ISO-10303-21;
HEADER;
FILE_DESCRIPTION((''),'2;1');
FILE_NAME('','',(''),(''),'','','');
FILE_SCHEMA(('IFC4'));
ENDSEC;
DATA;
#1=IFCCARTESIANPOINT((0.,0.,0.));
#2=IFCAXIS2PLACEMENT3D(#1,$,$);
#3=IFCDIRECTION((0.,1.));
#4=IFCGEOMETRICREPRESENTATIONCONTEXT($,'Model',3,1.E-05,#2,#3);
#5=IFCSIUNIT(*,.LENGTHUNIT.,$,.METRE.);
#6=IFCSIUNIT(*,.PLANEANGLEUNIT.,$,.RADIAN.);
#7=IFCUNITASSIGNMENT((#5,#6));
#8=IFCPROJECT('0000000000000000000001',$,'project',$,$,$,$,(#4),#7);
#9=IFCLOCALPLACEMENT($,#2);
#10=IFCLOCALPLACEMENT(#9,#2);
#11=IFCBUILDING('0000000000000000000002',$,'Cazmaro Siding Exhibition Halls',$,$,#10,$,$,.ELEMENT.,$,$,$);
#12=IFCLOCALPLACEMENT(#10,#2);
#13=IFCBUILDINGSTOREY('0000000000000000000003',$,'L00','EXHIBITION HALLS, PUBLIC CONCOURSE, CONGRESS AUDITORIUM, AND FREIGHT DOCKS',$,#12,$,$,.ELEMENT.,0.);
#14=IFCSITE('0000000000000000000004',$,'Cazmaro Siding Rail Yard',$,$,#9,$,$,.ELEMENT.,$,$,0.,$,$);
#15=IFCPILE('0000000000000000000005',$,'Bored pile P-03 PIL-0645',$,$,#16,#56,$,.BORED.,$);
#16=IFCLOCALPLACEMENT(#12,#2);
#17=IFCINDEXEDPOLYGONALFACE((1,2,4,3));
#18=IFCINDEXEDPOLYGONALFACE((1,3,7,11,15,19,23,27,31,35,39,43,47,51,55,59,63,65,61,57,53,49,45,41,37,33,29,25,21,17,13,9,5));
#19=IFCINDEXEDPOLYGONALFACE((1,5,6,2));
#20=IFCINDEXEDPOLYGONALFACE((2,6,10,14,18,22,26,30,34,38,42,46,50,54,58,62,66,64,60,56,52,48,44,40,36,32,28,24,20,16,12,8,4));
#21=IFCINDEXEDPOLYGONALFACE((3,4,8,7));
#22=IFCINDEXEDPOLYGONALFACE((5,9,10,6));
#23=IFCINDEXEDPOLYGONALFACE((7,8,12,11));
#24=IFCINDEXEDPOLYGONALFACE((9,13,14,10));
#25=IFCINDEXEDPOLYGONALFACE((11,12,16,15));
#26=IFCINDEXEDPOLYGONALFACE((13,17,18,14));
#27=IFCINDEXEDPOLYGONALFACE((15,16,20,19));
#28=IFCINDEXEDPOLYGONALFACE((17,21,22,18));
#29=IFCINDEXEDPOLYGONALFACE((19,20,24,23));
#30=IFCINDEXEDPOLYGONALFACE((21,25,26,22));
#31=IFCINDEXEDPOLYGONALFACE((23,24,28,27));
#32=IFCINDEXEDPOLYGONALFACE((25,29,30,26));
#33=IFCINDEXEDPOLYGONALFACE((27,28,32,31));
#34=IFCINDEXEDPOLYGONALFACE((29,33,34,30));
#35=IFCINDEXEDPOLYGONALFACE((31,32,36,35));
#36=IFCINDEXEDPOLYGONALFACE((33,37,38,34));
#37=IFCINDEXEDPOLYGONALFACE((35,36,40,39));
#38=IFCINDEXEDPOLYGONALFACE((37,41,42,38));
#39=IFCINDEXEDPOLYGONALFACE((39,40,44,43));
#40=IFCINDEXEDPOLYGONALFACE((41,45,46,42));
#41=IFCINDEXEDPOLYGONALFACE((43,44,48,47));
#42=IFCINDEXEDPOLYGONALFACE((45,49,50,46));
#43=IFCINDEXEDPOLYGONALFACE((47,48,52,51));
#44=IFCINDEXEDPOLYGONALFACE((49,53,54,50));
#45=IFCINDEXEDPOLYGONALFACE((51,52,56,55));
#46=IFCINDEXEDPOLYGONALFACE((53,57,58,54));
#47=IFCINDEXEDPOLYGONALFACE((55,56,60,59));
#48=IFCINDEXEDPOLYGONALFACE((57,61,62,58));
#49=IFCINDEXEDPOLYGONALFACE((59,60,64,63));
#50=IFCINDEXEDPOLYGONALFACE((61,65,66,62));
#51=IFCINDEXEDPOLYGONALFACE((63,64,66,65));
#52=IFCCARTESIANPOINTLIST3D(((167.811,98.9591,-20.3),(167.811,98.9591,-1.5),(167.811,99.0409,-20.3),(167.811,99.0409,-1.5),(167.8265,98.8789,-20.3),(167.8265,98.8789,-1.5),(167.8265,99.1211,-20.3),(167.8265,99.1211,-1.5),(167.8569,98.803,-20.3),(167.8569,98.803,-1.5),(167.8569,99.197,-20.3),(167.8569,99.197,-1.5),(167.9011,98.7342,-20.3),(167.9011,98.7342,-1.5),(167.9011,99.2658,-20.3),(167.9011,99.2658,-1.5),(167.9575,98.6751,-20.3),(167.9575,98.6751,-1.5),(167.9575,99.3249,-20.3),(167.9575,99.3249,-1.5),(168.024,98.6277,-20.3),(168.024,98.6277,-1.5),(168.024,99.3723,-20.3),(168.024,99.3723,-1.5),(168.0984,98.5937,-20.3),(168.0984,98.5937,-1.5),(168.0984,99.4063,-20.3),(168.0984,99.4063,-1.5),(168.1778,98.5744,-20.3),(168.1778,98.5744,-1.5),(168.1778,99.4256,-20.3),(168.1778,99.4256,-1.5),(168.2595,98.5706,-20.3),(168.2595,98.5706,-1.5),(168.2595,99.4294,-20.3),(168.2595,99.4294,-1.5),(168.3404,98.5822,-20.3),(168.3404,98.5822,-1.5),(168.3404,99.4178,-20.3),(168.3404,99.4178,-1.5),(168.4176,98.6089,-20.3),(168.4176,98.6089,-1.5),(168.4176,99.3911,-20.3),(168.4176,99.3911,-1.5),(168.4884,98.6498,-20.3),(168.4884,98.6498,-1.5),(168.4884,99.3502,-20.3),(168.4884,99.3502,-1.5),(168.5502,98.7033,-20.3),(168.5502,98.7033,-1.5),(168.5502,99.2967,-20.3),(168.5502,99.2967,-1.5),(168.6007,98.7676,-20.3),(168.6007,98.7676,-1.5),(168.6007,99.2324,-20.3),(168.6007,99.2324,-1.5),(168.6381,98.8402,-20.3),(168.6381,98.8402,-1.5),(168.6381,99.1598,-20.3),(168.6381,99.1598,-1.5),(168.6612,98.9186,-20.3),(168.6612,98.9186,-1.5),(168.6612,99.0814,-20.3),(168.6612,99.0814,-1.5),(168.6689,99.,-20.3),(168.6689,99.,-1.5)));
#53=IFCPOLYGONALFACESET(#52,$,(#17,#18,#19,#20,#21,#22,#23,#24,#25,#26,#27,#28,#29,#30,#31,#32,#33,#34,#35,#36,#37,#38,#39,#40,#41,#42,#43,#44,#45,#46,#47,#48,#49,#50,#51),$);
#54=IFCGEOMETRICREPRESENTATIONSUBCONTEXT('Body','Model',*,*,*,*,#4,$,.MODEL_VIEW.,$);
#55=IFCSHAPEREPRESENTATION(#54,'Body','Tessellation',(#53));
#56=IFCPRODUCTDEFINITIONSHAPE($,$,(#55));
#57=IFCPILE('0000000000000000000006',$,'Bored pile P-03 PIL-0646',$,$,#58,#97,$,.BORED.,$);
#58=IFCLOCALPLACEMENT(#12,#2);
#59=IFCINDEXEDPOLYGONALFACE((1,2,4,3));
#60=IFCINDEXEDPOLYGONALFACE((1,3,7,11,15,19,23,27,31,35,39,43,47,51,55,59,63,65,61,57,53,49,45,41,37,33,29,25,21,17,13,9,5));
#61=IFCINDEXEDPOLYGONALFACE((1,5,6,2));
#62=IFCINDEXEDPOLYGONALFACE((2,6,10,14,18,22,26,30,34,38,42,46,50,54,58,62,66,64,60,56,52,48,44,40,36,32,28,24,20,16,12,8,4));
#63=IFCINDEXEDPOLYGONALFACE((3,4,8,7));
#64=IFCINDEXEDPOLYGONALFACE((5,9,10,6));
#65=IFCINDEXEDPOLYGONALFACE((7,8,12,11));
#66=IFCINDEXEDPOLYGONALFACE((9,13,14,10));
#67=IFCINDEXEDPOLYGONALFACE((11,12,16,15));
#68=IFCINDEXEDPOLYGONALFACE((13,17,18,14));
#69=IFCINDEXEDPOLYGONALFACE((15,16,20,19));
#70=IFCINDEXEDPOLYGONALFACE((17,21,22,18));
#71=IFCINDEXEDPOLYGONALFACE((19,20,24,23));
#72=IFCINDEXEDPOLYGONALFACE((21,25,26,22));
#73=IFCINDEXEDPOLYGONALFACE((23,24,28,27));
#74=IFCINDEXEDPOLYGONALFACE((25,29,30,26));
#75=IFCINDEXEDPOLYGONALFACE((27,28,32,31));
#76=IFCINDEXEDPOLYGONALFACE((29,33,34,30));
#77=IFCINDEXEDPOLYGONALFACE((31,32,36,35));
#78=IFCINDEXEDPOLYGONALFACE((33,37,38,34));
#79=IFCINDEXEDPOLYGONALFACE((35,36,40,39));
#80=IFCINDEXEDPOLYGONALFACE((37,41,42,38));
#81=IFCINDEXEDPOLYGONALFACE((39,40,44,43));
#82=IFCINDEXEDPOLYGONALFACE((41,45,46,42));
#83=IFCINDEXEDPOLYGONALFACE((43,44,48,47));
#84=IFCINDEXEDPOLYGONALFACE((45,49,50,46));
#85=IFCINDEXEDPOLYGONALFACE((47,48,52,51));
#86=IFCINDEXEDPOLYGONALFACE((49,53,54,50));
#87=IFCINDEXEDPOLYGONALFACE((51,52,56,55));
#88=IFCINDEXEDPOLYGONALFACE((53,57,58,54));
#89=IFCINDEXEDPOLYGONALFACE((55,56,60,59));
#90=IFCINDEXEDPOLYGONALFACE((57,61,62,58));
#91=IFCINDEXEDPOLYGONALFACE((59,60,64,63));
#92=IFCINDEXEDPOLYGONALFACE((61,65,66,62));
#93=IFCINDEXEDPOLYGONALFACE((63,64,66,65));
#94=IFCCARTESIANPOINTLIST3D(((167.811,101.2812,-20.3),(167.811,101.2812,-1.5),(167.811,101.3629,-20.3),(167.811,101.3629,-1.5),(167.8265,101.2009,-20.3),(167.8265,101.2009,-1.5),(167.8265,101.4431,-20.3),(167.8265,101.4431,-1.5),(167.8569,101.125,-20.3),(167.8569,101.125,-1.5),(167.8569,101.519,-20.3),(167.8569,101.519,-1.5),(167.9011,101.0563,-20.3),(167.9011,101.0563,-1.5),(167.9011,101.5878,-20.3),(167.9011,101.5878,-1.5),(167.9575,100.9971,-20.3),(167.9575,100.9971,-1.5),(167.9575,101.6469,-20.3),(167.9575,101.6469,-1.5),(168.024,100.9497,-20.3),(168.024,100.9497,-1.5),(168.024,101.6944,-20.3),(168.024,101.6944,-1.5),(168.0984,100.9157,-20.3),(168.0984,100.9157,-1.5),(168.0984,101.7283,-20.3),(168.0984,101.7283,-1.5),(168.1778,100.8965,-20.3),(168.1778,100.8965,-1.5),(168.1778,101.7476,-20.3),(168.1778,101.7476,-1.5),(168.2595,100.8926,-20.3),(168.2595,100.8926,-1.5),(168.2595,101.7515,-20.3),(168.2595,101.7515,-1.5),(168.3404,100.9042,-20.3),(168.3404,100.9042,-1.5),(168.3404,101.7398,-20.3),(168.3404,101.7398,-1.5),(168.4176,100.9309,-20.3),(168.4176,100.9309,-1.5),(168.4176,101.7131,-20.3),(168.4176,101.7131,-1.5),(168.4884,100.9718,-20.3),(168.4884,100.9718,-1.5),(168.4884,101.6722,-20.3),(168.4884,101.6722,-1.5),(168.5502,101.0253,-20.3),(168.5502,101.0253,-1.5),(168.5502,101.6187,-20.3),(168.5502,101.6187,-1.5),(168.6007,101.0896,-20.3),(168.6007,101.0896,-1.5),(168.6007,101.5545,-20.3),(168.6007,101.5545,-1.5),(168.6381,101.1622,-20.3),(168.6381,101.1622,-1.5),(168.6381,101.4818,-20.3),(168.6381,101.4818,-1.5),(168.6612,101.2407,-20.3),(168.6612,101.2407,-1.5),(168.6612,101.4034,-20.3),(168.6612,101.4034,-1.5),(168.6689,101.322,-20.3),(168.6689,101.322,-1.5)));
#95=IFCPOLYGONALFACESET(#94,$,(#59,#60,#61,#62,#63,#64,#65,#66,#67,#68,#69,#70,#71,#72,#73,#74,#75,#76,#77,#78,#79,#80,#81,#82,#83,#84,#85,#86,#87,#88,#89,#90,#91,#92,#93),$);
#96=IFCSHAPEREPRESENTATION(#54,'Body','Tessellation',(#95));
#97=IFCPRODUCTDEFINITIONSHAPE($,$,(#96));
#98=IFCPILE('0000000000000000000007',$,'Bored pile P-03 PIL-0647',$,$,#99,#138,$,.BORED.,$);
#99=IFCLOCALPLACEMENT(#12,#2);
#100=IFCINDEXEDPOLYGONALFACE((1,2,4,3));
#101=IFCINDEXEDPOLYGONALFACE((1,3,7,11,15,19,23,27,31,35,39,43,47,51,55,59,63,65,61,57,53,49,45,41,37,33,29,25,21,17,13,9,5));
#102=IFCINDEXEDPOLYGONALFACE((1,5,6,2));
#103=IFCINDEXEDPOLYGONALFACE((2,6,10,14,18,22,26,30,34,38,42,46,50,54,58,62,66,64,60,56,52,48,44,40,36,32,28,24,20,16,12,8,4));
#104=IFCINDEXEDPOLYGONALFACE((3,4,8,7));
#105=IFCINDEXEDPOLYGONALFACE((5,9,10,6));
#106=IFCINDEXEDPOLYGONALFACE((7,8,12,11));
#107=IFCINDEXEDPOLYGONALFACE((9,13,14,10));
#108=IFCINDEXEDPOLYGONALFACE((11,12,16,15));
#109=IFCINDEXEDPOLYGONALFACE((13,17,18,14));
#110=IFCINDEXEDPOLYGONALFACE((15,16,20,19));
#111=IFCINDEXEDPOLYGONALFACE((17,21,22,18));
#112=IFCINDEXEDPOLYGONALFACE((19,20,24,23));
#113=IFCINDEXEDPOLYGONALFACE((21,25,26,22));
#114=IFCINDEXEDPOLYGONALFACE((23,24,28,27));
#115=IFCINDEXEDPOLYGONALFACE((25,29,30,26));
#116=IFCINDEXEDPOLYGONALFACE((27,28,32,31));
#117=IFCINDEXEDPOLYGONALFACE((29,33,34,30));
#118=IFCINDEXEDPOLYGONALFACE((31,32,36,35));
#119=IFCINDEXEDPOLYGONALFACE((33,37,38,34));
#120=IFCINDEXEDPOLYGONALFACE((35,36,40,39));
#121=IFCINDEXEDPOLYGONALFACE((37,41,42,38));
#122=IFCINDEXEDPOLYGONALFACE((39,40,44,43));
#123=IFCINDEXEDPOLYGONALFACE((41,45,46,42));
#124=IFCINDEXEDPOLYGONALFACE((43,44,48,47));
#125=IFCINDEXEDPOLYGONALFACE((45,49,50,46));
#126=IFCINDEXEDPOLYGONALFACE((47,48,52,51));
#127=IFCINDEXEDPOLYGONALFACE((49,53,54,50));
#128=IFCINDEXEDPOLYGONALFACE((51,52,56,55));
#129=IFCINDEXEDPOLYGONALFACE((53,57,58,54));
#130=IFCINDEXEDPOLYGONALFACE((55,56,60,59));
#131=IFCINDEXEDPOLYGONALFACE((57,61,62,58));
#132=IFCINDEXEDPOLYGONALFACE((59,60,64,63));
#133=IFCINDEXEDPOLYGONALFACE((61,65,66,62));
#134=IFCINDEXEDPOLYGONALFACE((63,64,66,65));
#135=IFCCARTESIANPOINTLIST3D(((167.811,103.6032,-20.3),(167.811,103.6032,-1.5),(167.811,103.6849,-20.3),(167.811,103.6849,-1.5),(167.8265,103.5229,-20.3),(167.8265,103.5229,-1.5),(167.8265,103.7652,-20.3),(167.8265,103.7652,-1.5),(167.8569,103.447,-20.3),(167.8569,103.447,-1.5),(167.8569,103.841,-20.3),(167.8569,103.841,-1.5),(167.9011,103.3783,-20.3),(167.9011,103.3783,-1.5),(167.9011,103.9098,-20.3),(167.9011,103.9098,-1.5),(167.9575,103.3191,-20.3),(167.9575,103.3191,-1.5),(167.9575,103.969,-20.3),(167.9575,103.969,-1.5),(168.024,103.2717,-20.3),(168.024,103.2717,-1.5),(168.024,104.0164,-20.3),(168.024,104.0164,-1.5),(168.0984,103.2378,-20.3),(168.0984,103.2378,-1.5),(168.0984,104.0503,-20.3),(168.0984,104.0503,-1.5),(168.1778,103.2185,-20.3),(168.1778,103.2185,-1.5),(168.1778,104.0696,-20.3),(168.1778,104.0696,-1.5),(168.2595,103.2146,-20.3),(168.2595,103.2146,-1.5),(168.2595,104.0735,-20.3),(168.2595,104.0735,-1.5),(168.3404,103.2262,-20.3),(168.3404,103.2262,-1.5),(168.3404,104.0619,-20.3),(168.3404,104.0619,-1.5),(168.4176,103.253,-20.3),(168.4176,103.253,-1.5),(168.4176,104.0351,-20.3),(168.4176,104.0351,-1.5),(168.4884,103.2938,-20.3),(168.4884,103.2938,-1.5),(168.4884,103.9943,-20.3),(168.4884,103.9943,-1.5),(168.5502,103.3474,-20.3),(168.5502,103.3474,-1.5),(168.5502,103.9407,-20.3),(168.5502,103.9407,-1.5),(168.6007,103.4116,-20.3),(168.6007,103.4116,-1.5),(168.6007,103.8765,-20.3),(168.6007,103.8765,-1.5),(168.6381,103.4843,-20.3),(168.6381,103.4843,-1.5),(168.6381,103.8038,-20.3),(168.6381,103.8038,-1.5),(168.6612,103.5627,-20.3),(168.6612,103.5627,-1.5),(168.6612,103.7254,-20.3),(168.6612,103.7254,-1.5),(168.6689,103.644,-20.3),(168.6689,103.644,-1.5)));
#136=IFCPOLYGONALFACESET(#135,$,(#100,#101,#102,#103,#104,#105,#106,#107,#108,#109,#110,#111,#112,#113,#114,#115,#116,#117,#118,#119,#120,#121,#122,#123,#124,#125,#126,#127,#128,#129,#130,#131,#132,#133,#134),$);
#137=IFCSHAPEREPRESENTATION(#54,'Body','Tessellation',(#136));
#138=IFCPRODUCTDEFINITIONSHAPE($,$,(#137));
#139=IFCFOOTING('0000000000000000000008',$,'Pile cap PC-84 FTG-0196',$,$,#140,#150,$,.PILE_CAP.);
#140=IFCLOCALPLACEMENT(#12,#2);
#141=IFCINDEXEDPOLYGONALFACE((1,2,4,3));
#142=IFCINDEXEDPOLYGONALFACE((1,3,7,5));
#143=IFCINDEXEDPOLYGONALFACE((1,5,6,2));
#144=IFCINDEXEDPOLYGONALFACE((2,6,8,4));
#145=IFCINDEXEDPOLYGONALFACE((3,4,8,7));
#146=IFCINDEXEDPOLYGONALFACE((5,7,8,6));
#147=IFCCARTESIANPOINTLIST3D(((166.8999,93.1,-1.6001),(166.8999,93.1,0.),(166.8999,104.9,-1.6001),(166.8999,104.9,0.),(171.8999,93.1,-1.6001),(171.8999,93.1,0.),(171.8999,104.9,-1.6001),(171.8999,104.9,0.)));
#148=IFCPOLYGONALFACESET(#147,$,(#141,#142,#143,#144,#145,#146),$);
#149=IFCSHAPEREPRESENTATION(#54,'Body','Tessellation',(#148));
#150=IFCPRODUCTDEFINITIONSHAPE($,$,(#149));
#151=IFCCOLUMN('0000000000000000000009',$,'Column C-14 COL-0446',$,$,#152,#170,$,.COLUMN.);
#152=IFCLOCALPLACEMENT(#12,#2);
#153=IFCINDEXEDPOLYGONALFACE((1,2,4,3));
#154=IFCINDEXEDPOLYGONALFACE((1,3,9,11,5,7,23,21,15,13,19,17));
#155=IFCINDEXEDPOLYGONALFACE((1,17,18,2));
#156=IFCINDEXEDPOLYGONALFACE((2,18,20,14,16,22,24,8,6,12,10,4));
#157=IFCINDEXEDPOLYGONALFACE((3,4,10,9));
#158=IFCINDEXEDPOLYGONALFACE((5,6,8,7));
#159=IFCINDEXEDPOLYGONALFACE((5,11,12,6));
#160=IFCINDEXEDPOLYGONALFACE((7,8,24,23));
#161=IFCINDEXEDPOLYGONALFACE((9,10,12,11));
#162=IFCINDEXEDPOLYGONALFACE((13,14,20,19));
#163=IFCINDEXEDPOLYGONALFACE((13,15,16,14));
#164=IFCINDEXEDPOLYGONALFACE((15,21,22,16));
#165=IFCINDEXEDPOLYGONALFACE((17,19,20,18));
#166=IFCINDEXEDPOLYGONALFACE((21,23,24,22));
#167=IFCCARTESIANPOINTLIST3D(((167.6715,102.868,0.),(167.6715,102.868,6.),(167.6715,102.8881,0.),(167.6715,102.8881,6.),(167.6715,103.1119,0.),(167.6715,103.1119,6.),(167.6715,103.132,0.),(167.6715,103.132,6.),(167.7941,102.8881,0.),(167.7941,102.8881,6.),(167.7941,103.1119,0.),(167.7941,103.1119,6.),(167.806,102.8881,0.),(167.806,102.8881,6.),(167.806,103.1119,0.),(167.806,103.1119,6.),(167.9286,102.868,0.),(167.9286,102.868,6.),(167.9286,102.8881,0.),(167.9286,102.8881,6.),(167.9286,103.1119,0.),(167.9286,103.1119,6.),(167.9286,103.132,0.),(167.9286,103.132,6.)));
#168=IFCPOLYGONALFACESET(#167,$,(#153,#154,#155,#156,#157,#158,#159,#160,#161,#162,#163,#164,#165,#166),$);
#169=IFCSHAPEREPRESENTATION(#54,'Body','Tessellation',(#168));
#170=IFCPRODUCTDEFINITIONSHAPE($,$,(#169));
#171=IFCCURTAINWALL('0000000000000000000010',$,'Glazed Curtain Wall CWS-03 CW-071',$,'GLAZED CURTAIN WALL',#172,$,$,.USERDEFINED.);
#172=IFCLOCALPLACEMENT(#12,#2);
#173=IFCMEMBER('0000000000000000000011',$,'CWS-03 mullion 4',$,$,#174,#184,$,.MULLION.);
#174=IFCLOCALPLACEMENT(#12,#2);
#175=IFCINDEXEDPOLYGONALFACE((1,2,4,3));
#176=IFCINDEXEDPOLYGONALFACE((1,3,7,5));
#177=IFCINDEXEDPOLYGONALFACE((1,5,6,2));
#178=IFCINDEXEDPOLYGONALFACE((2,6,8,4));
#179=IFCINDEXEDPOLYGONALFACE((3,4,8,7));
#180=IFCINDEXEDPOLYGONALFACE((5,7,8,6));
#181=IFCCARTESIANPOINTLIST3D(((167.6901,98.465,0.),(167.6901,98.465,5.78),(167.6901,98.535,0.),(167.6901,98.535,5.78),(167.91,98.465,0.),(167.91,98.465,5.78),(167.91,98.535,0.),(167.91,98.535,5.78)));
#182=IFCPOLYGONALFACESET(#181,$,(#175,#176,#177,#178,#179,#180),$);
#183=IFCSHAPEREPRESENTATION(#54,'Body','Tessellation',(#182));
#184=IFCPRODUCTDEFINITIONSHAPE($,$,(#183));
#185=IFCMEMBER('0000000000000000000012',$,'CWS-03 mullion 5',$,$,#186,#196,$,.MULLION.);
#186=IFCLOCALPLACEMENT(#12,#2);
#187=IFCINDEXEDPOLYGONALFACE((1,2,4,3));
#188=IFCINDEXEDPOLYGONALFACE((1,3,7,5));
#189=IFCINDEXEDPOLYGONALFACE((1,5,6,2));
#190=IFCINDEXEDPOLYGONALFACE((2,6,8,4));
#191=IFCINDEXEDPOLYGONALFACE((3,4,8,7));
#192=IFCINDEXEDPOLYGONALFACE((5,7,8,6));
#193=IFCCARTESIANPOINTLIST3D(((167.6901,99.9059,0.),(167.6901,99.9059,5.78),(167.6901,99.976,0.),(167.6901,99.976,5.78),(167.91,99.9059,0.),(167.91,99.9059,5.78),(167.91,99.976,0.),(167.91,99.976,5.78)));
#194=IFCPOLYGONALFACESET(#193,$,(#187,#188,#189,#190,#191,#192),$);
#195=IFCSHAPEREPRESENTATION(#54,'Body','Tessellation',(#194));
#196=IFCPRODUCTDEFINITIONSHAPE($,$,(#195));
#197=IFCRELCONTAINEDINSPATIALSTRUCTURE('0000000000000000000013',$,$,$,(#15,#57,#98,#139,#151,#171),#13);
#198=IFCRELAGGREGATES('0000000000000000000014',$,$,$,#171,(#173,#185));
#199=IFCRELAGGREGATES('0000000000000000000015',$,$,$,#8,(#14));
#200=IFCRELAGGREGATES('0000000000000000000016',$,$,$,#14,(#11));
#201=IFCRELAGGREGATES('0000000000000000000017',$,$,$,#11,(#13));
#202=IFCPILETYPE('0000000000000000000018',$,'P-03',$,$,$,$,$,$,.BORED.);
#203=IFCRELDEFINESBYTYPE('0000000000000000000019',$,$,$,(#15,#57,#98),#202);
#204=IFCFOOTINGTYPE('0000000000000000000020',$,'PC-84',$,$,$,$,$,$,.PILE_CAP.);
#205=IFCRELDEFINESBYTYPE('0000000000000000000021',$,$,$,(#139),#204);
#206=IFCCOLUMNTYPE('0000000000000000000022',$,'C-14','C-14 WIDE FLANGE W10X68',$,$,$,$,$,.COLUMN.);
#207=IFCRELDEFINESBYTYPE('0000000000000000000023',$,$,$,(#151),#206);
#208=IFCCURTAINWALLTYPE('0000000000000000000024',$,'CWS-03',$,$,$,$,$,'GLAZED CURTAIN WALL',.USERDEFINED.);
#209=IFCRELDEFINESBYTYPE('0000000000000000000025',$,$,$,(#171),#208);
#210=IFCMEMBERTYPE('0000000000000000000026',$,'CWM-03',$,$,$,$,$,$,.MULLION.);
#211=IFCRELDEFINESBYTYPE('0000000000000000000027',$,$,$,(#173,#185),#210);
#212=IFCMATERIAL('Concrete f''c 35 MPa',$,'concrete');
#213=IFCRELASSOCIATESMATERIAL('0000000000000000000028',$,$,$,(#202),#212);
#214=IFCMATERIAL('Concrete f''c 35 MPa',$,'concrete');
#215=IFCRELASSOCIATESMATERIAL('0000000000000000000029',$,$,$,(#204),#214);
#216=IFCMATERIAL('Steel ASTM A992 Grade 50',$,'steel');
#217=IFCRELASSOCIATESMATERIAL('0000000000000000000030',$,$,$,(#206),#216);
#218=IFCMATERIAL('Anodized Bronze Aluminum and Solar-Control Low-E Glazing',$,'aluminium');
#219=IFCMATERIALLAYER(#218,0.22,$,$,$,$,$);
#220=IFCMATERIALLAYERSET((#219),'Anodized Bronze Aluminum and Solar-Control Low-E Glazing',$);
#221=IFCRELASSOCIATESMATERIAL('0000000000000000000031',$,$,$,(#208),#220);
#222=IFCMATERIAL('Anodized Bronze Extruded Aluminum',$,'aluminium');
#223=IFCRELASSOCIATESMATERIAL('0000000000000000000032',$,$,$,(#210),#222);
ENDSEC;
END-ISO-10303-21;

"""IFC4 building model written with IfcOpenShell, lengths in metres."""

from ifc_helpers import new_model, si_unit, direction, frame, origin, origin_2d, place, context, subcontext, project, spatial, rectangle, circle, i_section, extrude, material, layer, layer_set, material_profile, profile_set, type_object, element, aggregate, save


model = new_model("IFC4")

# Units and contexts
model_context = context("Model", 3, precision=1e-05, world=origin(), true_north=direction((0.0, 1.0)))
body_context = subcontext(model_context, "Body", "Model", "MODEL_VIEW")
ifc_project = project(units=[si_unit("LENGTHUNIT", "METRE"), si_unit("PLANEANGLEUNIT", "RADIAN")], contexts=[model_context])

# Site, building, storey
site_placement = place(None, origin())
site = spatial("IfcSite", under=ifc_project, at=site_placement, Name="Cazmaro Siding Rail Yard", CompositionType="ELEMENT", RefElevation=0.0)
building_placement = place(site_placement, origin())
building = spatial("IfcBuilding", under=site, at=building_placement, Name="Cazmaro Siding Exhibition Halls", CompositionType="ELEMENT")
storey_placement = place(building_placement, origin())
storey = spatial("IfcBuildingStorey", under=building, at=storey_placement, Name="L00", Description="EXHIBITION HALLS, PUBLIC CONCOURSE, CONGRESS AUDITORIUM, AND FREIGHT DOCKS", CompositionType="ELEMENT", Elevation=0.0)

# Piles
ifc_material_1 = material(Name="Concrete f'c 35 MPa", Category="concrete")
ifc_material_profile_1 = material_profile(ifc_material_1, circle(Radius=0.4299, at=origin_2d()), Name="CIDH-860")
ifc_profile_set_1 = profile_set([ifc_material_profile_1], Name="Concrete f'c 35 MPa")
pile_type = type_object("IfcPileType", Name="P-03", PredefinedType="BORED", material=ifc_profile_set_1)
for number, where, z_axis, x_axis, name in (
    (1, (168.239, 99.0, -1.5), (0.0, 0.0, -1.0), (1.0, 0.0, 0.0), "Bored pile P-03 PIL-0645"),
    (2, (168.239, 101.322, -1.5), (0.0, 0.0, -1.0), (1.0, 0.0, 0.0), "Bored pile P-03 PIL-0646"),
    (3, (168.239, 103.644, -1.5), (0.0, 0.0, -1.0), (1.0, 0.0, 0.0), "Bored pile P-03 PIL-0647"),
):
    element("IfcPile", number, at=place(storey_placement, frame(where, z_axis=z_axis, x_axis=x_axis)), inside=storey, type_object=pile_type, Name=name, PredefinedType="BORED", context=body_context, shape_type="SweptSolid", body=[
        extrude(circle(Radius=0.4299, at=origin_2d()), origin(), (0.0, 0.0, 1.0), 18.8),
    ])

# Footing
ifc_material_2 = material(Name="Concrete f'c 35 MPa", Category="concrete")
footing_type = type_object("IfcFootingType", Name="PC-84", PredefinedType="PILE_CAP", material=ifc_material_2)
footing_placement = place(storey_placement, frame((169.3999, 99.0, -1.6001), z_axis=(0.0, 0.0, 1.0), x_axis=(1.0, 0.0, 0.0)))
element("IfcFooting", 4, at=footing_placement, inside=storey, type_object=footing_type, Name="Pile cap PC-84 FTG-0196", PredefinedType="PILE_CAP", context=body_context, shape_type="SweptSolid", body=[
    extrude(rectangle(XDim=5.0, YDim=11.8, at=origin_2d()), origin(), (0.0, 0.0, 1.0), 1.6001),
])

# Column
ifc_material_3 = material(Name="Steel ASTM A992 Grade 50", Category="steel")
ifc_material_profile_2 = material_profile(ifc_material_3, i_section(OverallWidth=0.2571, OverallDepth=0.2639, WebThickness=0.012, FlangeThickness=0.02, at=origin_2d()), Name="W10X68")
ifc_profile_set_2 = profile_set([ifc_material_profile_2], Name="Steel ASTM A992 Grade 50")
column_type = type_object("IfcColumnType", Name="C-14", Description="C-14 WIDE FLANGE W10X68", PredefinedType="COLUMN", material=ifc_profile_set_2)
column_placement = place(storey_placement, frame((167.8, 103.0, 0.0), z_axis=(0.0, 0.0, 1.0), x_axis=(1.0, 0.0, 0.0)))
element("IfcColumn", 5, at=column_placement, inside=storey, type_object=column_type, Name="Column C-14 COL-0446", PredefinedType="COLUMN", context=body_context, shape_type="SweptSolid", body=[
    extrude(i_section(OverallWidth=0.2571, OverallDepth=0.2639, WebThickness=0.012, FlangeThickness=0.02, at=origin_2d()), origin(), (0.0, 0.0, 1.0), 6.0),
])

# Curtain wall, members
ifc_material_4 = material(Name="Anodized Bronze Aluminum and Solar-Control Low-E Glazing", Category="aluminium")
ifc_layer_1 = layer(ifc_material_4, 0.22)
ifc_layer_set_1 = layer_set([ifc_layer_1], Name="Anodized Bronze Aluminum and Solar-Control Low-E Glazing")
curtain_wall_type = type_object("IfcCurtainWallType", Name="CWS-03", ElementType="GLAZED CURTAIN WALL", PredefinedType="USERDEFINED", material=ifc_layer_set_1)
curtain_wall_1_placement = place(storey_placement, origin())
curtain_wall_1 = element("IfcCurtainWall", 6, at=curtain_wall_1_placement, inside=storey, type_object=curtain_wall_type, Name="Glazed Curtain Wall CWS-03 CW-071", ObjectType="GLAZED CURTAIN WALL", PredefinedType="USERDEFINED")
ifc_material_5 = material(Name="Anodized Bronze Extruded Aluminum", Category="aluminium")
ifc_material_profile_3 = material_profile(ifc_material_5, rectangle(XDim=0.22, YDim=0.0701, at=origin_2d()), Name="CWM-03")
ifc_profile_set_3 = profile_set([ifc_material_profile_3], Name="Anodized Bronze Extruded Aluminum")
member_type_1 = type_object("IfcMemberType", Name="CWM-03", PredefinedType="MULLION", material=ifc_profile_set_3)
member_1_placement = place(storey_placement, frame((167.8, 98.5, 0.0), z_axis=(0.0, 0.0, 1.0), x_axis=(-1.0, 0.0, 0.0)))
member_1 = element("IfcMember", 7, at=member_1_placement, type_object=member_type_1, Name="CWS-03 mullion 4", PredefinedType="MULLION", context=body_context, shape_type="SweptSolid", body=[
    extrude(rectangle(XDim=0.22, YDim=0.0701, at=origin_2d()), origin(), (0.0, 0.0, 1.0), 5.78),
])
member_2_placement = place(storey_placement, frame((167.8, 99.9409, 0.0), z_axis=(0.0, 0.0, 1.0), x_axis=(-1.0, 0.0, 0.0)))
member_2 = element("IfcMember", 8, at=member_2_placement, type_object=member_type_1, Name="CWS-03 mullion 5", PredefinedType="MULLION", context=body_context, shape_type="SweptSolid", body=[
    extrude(rectangle(XDim=0.22, YDim=0.0701, at=origin_2d()), origin(), (0.0, 0.0, 1.0), 5.78),
])

aggregate(curtain_wall_1, [member_1, member_2])

save(model, "model.ifc")
